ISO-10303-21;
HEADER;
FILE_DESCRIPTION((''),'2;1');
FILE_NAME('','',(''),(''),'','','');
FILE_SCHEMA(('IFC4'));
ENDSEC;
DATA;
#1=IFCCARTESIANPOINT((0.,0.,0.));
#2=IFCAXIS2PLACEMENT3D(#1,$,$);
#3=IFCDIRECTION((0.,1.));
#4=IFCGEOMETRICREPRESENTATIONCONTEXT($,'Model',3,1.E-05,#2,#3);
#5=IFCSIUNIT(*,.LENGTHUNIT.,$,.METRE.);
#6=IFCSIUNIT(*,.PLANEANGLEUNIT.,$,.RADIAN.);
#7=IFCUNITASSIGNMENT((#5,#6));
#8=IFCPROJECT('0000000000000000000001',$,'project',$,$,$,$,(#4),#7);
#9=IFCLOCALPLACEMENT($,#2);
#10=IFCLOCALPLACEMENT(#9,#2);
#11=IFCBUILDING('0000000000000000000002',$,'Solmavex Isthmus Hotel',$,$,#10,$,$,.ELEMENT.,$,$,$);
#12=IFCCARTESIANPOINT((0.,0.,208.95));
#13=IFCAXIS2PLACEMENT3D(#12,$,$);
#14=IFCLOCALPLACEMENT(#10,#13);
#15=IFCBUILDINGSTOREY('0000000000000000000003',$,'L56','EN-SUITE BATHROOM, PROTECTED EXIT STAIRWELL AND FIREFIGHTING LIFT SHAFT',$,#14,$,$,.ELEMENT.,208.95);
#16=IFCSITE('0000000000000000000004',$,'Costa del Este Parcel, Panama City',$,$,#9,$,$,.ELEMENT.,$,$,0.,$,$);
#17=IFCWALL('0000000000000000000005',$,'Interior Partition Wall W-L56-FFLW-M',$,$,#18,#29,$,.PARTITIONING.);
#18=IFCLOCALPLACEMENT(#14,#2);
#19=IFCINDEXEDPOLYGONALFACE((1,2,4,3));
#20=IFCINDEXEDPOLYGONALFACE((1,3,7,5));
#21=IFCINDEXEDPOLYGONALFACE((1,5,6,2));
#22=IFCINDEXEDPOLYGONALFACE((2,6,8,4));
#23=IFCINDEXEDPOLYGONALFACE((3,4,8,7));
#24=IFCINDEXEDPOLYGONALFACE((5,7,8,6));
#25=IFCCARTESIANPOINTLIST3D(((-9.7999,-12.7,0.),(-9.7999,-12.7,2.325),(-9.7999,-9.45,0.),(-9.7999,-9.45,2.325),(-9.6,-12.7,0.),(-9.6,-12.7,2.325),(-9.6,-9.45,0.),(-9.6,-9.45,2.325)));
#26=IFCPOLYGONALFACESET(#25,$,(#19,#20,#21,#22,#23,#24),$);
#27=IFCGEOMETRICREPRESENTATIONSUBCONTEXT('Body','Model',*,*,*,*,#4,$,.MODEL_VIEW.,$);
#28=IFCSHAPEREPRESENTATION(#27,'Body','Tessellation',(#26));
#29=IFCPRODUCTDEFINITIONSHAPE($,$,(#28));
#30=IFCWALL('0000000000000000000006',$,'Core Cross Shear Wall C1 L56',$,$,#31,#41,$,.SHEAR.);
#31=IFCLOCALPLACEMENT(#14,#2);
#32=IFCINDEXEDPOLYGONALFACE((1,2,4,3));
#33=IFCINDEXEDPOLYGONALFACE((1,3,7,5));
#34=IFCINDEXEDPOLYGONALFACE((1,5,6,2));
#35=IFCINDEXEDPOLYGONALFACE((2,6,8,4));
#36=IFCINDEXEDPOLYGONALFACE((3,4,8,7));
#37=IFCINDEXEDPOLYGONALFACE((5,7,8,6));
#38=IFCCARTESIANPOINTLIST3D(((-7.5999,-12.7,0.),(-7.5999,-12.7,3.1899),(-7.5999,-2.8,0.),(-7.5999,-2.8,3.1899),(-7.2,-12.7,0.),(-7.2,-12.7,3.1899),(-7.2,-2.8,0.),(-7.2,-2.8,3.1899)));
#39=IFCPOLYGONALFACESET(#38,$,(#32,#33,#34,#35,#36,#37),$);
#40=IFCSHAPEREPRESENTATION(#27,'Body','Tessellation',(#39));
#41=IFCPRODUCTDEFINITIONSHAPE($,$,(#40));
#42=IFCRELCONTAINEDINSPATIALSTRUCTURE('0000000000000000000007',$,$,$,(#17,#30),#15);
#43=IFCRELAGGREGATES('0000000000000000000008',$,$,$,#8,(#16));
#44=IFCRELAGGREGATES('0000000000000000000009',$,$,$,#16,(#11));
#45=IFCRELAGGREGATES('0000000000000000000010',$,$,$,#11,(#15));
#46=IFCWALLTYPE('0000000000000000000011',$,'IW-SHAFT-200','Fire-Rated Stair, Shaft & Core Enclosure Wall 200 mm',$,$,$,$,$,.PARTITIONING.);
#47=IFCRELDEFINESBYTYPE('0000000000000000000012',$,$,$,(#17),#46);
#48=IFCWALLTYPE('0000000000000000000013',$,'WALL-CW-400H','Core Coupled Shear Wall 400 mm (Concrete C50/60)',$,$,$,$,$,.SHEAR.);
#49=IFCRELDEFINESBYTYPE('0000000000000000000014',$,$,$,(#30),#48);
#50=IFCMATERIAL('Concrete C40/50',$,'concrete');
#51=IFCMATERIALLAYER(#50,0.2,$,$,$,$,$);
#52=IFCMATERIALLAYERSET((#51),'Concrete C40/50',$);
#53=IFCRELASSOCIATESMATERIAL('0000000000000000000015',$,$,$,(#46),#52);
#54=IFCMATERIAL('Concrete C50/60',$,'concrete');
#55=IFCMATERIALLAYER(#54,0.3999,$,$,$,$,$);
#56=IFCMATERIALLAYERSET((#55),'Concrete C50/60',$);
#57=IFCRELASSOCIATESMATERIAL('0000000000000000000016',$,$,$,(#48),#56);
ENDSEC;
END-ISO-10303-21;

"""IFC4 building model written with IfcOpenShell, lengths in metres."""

from ifc_helpers import new_model, si_unit, direction, frame, frame_2d, origin, place, context, subcontext, project, spatial, rectangle, extrude, material, layer, layer_set, type_object, element, save


model = new_model("IFC4")

# Units and contexts
model_context = context("Model", 3, precision=1e-05, world=origin(), true_north=direction((0.0, 1.0)))
body_context = subcontext(model_context, "Body", "Model", "MODEL_VIEW")
ifc_project = project(units=[si_unit("LENGTHUNIT", "METRE"), si_unit("PLANEANGLEUNIT", "RADIAN")], contexts=[model_context])

# Site, building, storey
site_placement = place(None, origin())
site = spatial("IfcSite", under=ifc_project, at=site_placement, Name="Costa del Este Parcel, Panama City", CompositionType="ELEMENT", RefElevation=0.0)
building_placement = place(site_placement, origin())
building = spatial("IfcBuilding", under=site, at=building_placement, Name="Solmavex Isthmus Hotel", CompositionType="ELEMENT")
storey_placement = place(building_placement, frame((0.0, 0.0, 208.95)))
storey = spatial("IfcBuildingStorey", under=building, at=storey_placement, Name="L56", Description="EN-SUITE BATHROOM, PROTECTED EXIT STAIRWELL AND FIREFIGHTING LIFT SHAFT", CompositionType="ELEMENT", Elevation=208.95)

# Shared definitions
ifc_material_1 = material(Name="Concrete C50/60", Category="concrete")

# Walls
ifc_material_2 = material(Name="Concrete C40/50", Category="concrete")
ifc_layer_1 = layer(ifc_material_2, 0.2)
ifc_layer_set_1 = layer_set([ifc_layer_1], Name="Concrete C40/50")
wall_type_1 = type_object("IfcWallType", Name="IW-SHAFT-200", Description="Fire-Rated Stair, Shaft & Core Enclosure Wall 200 mm", PredefinedType="PARTITIONING", material=ifc_layer_set_1)
wall_1_placement = place(storey_placement, frame((-9.7, -12.7, 0.0), z_axis=(0.0, 0.0, 1.0), x_axis=(0.0, 1.0, 0.0)))
element("IfcWall", 1, at=wall_1_placement, inside=storey, type_object=wall_type_1, Name="Interior Partition Wall W-L56-FFLW-M", PredefinedType="PARTITIONING", context=body_context, shape_type="SweptSolid", body=[
    extrude(rectangle(XDim=3.25, YDim=0.2, at=frame_2d((1.625, 0.0))), origin(), (0.0, 0.0, 1.0), 2.325),
])
ifc_layer_2 = layer(ifc_material_1, 0.3999)
ifc_layer_set_2 = layer_set([ifc_layer_2], Name="Concrete C50/60")
wall_type_2 = type_object("IfcWallType", Name="WALL-CW-400H", Description="Core Coupled Shear Wall 400 mm (Concrete C50/60)", PredefinedType="SHEAR", material=ifc_layer_set_2)
wall_2_placement = place(storey_placement, frame((-7.3999, -12.7, 0.0), z_axis=(0.0, 0.0, 1.0), x_axis=(0.0, 1.0, 0.0)))
element("IfcWall", 2, at=wall_2_placement, inside=storey, type_object=wall_type_2, Name="Core Cross Shear Wall C1 L56", PredefinedType="SHEAR", context=body_context, shape_type="SweptSolid", body=[
    extrude(rectangle(XDim=9.8999, YDim=0.3999, at=frame_2d((4.95, 0.0))), origin(), (0.0, 0.0, 1.0), 3.1899),
])

save(model, "model.ifc")
